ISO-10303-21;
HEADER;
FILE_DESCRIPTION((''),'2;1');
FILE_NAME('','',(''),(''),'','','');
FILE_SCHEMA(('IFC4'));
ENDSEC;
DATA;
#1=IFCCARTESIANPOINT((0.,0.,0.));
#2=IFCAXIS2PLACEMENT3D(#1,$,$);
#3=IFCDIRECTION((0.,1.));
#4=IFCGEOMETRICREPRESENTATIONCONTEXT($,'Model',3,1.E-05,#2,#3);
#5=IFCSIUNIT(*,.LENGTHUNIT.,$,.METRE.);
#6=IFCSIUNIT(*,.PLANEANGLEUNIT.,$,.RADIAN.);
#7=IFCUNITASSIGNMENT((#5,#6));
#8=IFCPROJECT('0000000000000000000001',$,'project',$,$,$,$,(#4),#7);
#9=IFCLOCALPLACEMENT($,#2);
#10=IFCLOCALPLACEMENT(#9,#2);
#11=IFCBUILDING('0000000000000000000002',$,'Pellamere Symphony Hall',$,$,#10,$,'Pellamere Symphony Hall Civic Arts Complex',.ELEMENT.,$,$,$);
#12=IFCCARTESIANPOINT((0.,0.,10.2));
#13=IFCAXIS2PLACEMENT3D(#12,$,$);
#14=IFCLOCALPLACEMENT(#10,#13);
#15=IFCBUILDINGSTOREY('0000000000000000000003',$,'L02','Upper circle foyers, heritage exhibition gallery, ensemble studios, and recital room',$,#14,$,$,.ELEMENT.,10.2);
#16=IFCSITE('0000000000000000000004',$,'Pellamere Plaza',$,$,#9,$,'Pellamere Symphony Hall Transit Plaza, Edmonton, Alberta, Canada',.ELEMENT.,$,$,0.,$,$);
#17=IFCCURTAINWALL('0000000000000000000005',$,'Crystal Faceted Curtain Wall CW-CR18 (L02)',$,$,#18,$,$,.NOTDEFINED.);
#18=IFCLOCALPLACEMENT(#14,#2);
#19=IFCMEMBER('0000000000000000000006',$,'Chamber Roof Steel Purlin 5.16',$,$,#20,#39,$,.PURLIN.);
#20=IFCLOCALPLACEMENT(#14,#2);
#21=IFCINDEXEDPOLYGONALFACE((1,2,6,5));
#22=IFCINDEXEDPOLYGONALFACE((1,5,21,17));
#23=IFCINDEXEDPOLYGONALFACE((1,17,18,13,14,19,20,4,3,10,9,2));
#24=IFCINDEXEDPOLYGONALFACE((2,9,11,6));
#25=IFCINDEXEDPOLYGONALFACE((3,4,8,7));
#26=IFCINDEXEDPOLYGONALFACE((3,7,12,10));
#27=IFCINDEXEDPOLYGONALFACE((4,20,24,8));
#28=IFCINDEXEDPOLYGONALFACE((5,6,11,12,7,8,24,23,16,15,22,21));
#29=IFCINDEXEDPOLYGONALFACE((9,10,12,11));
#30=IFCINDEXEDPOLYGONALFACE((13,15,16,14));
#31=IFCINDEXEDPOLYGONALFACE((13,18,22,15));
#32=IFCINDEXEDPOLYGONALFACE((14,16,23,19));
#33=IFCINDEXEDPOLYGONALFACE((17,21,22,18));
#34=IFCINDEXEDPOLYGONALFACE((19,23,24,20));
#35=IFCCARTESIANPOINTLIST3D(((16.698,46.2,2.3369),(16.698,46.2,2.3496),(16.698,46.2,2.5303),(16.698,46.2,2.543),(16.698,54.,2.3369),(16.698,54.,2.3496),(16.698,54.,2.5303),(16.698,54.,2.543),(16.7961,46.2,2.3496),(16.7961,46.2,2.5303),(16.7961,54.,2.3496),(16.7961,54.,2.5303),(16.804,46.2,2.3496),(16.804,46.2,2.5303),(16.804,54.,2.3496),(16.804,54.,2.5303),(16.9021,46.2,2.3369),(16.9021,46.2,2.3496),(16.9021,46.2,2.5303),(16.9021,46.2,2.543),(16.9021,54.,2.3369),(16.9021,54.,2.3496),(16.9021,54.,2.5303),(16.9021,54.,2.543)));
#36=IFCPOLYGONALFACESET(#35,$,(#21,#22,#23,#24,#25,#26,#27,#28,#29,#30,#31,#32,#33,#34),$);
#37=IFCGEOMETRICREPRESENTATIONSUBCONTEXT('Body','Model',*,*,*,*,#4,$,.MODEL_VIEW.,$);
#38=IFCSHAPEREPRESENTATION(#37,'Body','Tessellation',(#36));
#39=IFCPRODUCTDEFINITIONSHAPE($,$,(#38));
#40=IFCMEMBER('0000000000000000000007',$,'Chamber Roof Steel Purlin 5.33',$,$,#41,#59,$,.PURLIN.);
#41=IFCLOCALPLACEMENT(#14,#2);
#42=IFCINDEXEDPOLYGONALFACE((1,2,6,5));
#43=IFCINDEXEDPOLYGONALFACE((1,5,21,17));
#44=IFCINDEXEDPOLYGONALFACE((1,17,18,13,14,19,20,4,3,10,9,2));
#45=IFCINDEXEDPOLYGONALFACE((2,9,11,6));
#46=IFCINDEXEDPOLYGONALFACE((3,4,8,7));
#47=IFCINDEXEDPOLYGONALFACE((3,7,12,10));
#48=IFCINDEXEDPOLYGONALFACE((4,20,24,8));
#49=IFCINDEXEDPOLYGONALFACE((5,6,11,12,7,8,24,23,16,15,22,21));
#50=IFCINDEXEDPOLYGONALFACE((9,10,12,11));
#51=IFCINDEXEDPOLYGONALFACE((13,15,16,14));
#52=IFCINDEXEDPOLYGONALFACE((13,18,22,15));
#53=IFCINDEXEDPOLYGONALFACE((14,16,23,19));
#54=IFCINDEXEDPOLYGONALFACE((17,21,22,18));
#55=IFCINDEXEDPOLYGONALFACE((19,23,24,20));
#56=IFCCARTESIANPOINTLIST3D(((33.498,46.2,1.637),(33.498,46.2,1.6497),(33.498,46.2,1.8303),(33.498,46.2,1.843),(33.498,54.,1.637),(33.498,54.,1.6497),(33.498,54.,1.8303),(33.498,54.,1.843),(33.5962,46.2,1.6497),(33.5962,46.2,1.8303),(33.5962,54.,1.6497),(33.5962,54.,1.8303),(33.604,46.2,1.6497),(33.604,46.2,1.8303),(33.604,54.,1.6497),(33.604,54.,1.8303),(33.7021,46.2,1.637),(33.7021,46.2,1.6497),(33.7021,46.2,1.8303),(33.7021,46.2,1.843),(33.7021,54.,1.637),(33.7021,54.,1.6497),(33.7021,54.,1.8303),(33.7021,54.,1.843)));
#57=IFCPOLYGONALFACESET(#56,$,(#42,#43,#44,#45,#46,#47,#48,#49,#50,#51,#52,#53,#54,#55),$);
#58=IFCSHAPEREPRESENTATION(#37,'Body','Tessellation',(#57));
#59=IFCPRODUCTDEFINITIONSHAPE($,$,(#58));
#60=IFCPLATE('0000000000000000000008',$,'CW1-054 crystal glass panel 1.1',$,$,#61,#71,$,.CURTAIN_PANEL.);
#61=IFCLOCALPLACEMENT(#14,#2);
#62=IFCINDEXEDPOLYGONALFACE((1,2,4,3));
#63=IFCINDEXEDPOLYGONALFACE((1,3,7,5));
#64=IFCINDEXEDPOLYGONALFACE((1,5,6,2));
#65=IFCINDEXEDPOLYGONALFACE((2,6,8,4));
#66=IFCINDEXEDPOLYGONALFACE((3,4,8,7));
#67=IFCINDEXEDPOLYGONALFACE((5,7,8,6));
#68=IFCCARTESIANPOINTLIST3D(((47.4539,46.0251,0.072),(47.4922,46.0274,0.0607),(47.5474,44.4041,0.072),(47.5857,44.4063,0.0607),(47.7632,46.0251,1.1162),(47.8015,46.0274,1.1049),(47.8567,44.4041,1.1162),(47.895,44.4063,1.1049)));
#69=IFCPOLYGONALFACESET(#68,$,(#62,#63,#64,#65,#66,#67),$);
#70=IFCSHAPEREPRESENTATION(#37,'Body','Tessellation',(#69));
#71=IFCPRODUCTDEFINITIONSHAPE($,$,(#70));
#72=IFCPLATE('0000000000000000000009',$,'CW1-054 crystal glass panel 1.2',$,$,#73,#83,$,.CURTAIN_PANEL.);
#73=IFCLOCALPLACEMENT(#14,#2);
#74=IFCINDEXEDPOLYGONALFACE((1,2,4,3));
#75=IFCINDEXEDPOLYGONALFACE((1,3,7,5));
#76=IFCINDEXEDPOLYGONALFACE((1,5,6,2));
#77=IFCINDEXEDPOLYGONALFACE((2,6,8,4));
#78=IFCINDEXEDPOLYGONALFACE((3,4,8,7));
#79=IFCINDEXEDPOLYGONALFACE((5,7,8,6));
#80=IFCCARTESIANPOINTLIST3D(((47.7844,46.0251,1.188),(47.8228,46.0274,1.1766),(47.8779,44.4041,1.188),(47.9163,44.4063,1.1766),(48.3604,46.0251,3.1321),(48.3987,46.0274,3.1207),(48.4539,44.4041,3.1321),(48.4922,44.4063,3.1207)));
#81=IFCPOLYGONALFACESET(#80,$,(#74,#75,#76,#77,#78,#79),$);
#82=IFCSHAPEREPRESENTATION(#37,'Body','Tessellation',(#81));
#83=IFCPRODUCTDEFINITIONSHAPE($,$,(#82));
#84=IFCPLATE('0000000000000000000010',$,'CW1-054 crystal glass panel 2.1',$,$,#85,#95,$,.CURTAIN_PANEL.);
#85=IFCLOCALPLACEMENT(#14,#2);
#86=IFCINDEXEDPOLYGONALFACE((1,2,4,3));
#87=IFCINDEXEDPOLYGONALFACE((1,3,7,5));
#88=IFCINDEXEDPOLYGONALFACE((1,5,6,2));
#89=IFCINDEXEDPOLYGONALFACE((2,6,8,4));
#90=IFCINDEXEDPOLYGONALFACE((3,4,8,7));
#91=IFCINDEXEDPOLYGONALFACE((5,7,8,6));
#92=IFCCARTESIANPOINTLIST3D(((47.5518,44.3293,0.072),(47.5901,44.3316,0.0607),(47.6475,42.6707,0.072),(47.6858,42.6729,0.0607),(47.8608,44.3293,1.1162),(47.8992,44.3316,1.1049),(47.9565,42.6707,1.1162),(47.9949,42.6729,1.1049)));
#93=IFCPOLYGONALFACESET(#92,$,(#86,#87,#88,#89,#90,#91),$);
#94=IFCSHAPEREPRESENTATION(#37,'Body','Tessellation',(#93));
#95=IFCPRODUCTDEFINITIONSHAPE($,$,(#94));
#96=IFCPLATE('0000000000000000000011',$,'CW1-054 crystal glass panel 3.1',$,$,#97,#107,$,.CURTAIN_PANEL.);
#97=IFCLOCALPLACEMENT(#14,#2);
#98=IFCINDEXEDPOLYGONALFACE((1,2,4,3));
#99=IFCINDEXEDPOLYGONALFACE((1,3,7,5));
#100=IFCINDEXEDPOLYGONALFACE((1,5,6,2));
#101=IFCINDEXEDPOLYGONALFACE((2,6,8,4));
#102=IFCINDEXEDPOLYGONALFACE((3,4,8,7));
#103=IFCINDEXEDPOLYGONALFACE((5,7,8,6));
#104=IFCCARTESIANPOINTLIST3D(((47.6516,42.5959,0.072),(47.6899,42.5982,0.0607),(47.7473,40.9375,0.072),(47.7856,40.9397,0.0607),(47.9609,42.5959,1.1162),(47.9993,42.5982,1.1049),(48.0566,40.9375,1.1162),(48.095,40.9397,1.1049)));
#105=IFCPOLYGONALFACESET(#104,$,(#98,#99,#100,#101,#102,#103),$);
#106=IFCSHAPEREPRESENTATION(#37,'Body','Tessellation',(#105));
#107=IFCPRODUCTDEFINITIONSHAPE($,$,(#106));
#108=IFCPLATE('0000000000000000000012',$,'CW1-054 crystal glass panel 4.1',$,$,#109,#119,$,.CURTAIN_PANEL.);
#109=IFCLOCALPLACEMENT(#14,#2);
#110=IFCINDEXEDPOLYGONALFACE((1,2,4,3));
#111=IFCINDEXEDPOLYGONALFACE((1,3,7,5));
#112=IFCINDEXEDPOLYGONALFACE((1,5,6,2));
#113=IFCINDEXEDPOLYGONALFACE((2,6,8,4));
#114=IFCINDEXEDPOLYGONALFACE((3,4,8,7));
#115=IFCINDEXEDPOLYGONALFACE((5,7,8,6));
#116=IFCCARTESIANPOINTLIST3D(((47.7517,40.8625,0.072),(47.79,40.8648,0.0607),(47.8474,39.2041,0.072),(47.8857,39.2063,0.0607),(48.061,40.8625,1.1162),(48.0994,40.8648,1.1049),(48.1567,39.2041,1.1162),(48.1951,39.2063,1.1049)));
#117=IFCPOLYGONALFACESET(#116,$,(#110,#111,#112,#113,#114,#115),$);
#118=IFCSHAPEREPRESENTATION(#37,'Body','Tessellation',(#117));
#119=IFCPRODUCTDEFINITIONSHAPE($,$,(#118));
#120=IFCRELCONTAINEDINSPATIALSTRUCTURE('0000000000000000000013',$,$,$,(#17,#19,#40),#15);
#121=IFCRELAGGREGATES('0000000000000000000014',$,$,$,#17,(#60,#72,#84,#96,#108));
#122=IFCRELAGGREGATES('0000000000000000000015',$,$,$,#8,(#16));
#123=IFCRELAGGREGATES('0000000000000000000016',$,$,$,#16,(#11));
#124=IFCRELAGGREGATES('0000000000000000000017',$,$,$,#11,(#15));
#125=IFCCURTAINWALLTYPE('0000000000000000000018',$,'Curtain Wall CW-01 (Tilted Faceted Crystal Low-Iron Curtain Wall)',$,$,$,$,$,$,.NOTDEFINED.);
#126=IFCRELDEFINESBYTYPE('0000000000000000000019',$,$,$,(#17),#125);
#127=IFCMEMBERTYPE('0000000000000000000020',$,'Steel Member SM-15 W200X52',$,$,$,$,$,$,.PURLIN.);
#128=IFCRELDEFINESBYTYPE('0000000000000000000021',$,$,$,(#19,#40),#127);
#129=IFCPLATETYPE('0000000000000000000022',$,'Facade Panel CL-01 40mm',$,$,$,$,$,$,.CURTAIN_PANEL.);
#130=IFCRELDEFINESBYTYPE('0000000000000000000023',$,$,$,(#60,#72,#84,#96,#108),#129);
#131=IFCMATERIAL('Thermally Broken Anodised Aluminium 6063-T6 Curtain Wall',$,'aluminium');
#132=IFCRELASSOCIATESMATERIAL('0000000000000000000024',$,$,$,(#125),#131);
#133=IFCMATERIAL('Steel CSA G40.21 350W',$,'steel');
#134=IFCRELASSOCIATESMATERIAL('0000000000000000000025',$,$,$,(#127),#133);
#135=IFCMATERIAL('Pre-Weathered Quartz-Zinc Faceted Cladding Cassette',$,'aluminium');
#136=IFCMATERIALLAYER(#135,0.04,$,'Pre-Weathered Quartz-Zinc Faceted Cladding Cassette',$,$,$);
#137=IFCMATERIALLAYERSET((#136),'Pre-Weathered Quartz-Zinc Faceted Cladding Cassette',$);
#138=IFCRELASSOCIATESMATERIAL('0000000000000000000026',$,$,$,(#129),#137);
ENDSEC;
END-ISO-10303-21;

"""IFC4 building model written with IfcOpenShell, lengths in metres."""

from ifc_helpers import new_model, si_unit, direction, frame, origin, origin_2d, place, context, subcontext, project, spatial, polyline, i_section, outline, extrude, material, layer, layer_set, material_profile, profile_set, type_object, element, aggregate, save


model = new_model("IFC4")

# Units and contexts
model_context = context("Model", 3, precision=1e-05, world=origin(), true_north=direction((0.0, 1.0)))
body_context = subcontext(model_context, "Body", "Model", "MODEL_VIEW")
ifc_project = project(units=[si_unit("LENGTHUNIT", "METRE"), si_unit("PLANEANGLEUNIT", "RADIAN")], contexts=[model_context])

# Site, building, storey
site_placement = place(None, origin())
site = spatial("IfcSite", under=ifc_project, at=site_placement, Name="Pellamere Plaza", LongName="Pellamere Symphony Hall Transit Plaza, Edmonton, Alberta, Canada", CompositionType="ELEMENT", RefElevation=0.0)
building_placement = place(site_placement, origin())
building = spatial("IfcBuilding", under=site, at=building_placement, Name="Pellamere Symphony Hall", LongName="Pellamere Symphony Hall Civic Arts Complex", CompositionType="ELEMENT")
storey_placement = place(building_placement, frame((0.0, 0.0, 10.2)))
storey = spatial("IfcBuildingStorey", under=building, at=storey_placement, Name="L02", Description="Upper circle foyers, heritage exhibition gallery, ensemble studios, and recital room", CompositionType="ELEMENT", Elevation=10.2)

# Curtain wall
ifc_material_1 = material(Name="Thermally Broken Anodised Aluminium 6063-T6 Curtain Wall", Category="aluminium")
curtain_wall_type = type_object("IfcCurtainWallType", Name="Curtain Wall CW-01 (Tilted Faceted Crystal Low-Iron Curtain Wall)", PredefinedType="NOTDEFINED", material=ifc_material_1)
curtain_wall_1_placement = place(storey_placement, origin())
curtain_wall_1 = element("IfcCurtainWall", 1, at=curtain_wall_1_placement, inside=storey, type_object=curtain_wall_type, Name="Crystal Faceted Curtain Wall CW-CR18 (L02)", PredefinedType="NOTDEFINED")

# Shared definitions
ifc_material_2 = material(Name="Steel CSA G40.21 350W", Category="steel")

# Members
ifc_material_profile_1 = material_profile(ifc_material_2, i_section(OverallWidth=0.2041, OverallDepth=0.2061, WebThickness=0.0078, FlangeThickness=0.0127, at=origin_2d()), Name="W200X52")
ifc_profile_set_1 = profile_set([ifc_material_profile_1], Name="Steel CSA G40.21 350W")
member_type_1 = type_object("IfcMemberType", Name="Steel Member SM-15 W200X52", PredefinedType="PURLIN", material=ifc_profile_set_1)
for number, where, z_axis, x_axis, name in (
    (2, (16.8, 46.2, 2.4399), (0.0, 1.0, 0.0), (-1.0, 0.0, 0.0), "Chamber Roof Steel Purlin 5.16"),
    (3, (33.6001, 46.2, 1.74), (0.0, 1.0, 0.0), (-1.0, 0.0, 0.0), "Chamber Roof Steel Purlin 5.33"),
):
    element("IfcMember", number, at=place(storey_placement, frame(where, z_axis=z_axis, x_axis=x_axis)), inside=storey, type_object=member_type_1, Name=name, PredefinedType="PURLIN", context=body_context, shape_type="SweptSolid", body=[
        extrude(i_section(OverallWidth=0.2041, OverallDepth=0.2061, WebThickness=0.0078, FlangeThickness=0.0127, at=origin_2d()), origin(), (0.0, 0.0, 1.0), 7.8),
    ])

# Plates
ifc_material_3 = material(Name="Pre-Weathered Quartz-Zinc Faceted Cladding Cassette", Category="aluminium")
ifc_layer = layer(ifc_material_3, 0.04, Name="Pre-Weathered Quartz-Zinc Faceted Cladding Cassette")
ifc_layer_set = layer_set([ifc_layer], Name="Pre-Weathered Quartz-Zinc Faceted Cladding Cassette")
plate_type = type_object("IfcPlateType", Name="Facade Panel CL-01 40mm", PredefinedType="CURTAIN_PANEL", material=ifc_layer_set)
plate_1_placement = place(storey_placement, frame((47.4539, 46.0251, 0.072), z_axis=(-0.957351, -0.055221, 0.283602), x_axis=(0.057585, -0.998341, 0.0)))
plate_1 = element("IfcPlate", 4, at=plate_1_placement, type_object=plate_type, Name="CW1-054 crystal glass panel 1.1", PredefinedType="CURTAIN_PANEL", context=body_context, shape_type="SweptSolid", body=[
    extrude(outline(polyline([(0.0, 0.0), (1.6238, 0.0), (1.6416, 1.0889), (0.0178, 1.0889), (0.0, 0.0)])), origin(), (0.0, 0.0, -1.0), 0.04),
])
plate_2_placement = place(storey_placement, frame((47.7844, 46.0251, 1.188), z_axis=(-0.957349, -0.055221, 0.28361), x_axis=(0.057585, -0.998341, 0.0)))
plate_2 = element("IfcPlate", 5, at=plate_2_placement, type_object=plate_type, Name="CW1-054 crystal glass panel 1.2", PredefinedType="CURTAIN_PANEL", context=body_context, shape_type="SweptSolid", body=[
    extrude(outline(polyline([(0.0, 0.0), (1.6238, 0.0), (1.657, 2.0273), (0.0332, 2.0273), (0.0, 0.0)])), origin(), (0.0, 0.0, -1.0), 0.04),
])
plate_3_placement = place(storey_placement, frame((47.5518, 44.3293, 0.072), z_axis=(-0.957411, -0.055241, 0.283395), x_axis=(0.057602, -0.99834, 0.0)))
plate_3 = element("IfcPlate", 6, at=plate_3_placement, type_object=plate_type, Name="CW1-054 crystal glass panel 2.1", PredefinedType="CURTAIN_PANEL", context=body_context, shape_type="SweptSolid", body=[
    extrude(outline(polyline([(0.0, 0.0), (1.6615, 0.0), (1.6793, 1.0888), (0.0178, 1.0888), (0.0, 0.0)])), origin(), (0.0, 0.0, -1.0), 0.04),
])
plate_4_placement = place(storey_placement, frame((47.6516, 42.5959, 0.072), z_axis=(-0.95735, -0.055245, 0.283601), x_axis=(0.057611, -0.998339, 0.0)))
plate_4 = element("IfcPlate", 7, at=plate_4_placement, type_object=plate_type, Name="CW1-054 crystal glass panel 3.1", PredefinedType="CURTAIN_PANEL", context=body_context, shape_type="SweptSolid", body=[
    extrude(outline(polyline([(0.0, 0.0), (1.6612, 0.0), (1.679, 1.0889), (0.0178, 1.0889), (0.0, 0.0)])), origin(), (0.0, 0.0, -1.0), 0.04),
])
plate_5_placement = place(storey_placement, frame((47.7517, 40.8625, 0.072), z_axis=(-0.95735, -0.055245, 0.283601), x_axis=(0.057611, -0.998339, 0.0)))
plate_5 = element("IfcPlate", 8, at=plate_5_placement, type_object=plate_type, Name="CW1-054 crystal glass panel 4.1", PredefinedType="CURTAIN_PANEL", context=body_context, shape_type="SweptSolid", body=[
    extrude(outline(polyline([(0.0, 0.0), (1.6612, 0.0), (1.679, 1.0889), (0.0178, 1.0889), (0.0, 0.0)])), origin(), (0.0, 0.0, -1.0), 0.04),
])
aggregate(curtain_wall_1, [plate_1, plate_2, plate_3, plate_4, plate_5])

save(model, "model.ifc")
